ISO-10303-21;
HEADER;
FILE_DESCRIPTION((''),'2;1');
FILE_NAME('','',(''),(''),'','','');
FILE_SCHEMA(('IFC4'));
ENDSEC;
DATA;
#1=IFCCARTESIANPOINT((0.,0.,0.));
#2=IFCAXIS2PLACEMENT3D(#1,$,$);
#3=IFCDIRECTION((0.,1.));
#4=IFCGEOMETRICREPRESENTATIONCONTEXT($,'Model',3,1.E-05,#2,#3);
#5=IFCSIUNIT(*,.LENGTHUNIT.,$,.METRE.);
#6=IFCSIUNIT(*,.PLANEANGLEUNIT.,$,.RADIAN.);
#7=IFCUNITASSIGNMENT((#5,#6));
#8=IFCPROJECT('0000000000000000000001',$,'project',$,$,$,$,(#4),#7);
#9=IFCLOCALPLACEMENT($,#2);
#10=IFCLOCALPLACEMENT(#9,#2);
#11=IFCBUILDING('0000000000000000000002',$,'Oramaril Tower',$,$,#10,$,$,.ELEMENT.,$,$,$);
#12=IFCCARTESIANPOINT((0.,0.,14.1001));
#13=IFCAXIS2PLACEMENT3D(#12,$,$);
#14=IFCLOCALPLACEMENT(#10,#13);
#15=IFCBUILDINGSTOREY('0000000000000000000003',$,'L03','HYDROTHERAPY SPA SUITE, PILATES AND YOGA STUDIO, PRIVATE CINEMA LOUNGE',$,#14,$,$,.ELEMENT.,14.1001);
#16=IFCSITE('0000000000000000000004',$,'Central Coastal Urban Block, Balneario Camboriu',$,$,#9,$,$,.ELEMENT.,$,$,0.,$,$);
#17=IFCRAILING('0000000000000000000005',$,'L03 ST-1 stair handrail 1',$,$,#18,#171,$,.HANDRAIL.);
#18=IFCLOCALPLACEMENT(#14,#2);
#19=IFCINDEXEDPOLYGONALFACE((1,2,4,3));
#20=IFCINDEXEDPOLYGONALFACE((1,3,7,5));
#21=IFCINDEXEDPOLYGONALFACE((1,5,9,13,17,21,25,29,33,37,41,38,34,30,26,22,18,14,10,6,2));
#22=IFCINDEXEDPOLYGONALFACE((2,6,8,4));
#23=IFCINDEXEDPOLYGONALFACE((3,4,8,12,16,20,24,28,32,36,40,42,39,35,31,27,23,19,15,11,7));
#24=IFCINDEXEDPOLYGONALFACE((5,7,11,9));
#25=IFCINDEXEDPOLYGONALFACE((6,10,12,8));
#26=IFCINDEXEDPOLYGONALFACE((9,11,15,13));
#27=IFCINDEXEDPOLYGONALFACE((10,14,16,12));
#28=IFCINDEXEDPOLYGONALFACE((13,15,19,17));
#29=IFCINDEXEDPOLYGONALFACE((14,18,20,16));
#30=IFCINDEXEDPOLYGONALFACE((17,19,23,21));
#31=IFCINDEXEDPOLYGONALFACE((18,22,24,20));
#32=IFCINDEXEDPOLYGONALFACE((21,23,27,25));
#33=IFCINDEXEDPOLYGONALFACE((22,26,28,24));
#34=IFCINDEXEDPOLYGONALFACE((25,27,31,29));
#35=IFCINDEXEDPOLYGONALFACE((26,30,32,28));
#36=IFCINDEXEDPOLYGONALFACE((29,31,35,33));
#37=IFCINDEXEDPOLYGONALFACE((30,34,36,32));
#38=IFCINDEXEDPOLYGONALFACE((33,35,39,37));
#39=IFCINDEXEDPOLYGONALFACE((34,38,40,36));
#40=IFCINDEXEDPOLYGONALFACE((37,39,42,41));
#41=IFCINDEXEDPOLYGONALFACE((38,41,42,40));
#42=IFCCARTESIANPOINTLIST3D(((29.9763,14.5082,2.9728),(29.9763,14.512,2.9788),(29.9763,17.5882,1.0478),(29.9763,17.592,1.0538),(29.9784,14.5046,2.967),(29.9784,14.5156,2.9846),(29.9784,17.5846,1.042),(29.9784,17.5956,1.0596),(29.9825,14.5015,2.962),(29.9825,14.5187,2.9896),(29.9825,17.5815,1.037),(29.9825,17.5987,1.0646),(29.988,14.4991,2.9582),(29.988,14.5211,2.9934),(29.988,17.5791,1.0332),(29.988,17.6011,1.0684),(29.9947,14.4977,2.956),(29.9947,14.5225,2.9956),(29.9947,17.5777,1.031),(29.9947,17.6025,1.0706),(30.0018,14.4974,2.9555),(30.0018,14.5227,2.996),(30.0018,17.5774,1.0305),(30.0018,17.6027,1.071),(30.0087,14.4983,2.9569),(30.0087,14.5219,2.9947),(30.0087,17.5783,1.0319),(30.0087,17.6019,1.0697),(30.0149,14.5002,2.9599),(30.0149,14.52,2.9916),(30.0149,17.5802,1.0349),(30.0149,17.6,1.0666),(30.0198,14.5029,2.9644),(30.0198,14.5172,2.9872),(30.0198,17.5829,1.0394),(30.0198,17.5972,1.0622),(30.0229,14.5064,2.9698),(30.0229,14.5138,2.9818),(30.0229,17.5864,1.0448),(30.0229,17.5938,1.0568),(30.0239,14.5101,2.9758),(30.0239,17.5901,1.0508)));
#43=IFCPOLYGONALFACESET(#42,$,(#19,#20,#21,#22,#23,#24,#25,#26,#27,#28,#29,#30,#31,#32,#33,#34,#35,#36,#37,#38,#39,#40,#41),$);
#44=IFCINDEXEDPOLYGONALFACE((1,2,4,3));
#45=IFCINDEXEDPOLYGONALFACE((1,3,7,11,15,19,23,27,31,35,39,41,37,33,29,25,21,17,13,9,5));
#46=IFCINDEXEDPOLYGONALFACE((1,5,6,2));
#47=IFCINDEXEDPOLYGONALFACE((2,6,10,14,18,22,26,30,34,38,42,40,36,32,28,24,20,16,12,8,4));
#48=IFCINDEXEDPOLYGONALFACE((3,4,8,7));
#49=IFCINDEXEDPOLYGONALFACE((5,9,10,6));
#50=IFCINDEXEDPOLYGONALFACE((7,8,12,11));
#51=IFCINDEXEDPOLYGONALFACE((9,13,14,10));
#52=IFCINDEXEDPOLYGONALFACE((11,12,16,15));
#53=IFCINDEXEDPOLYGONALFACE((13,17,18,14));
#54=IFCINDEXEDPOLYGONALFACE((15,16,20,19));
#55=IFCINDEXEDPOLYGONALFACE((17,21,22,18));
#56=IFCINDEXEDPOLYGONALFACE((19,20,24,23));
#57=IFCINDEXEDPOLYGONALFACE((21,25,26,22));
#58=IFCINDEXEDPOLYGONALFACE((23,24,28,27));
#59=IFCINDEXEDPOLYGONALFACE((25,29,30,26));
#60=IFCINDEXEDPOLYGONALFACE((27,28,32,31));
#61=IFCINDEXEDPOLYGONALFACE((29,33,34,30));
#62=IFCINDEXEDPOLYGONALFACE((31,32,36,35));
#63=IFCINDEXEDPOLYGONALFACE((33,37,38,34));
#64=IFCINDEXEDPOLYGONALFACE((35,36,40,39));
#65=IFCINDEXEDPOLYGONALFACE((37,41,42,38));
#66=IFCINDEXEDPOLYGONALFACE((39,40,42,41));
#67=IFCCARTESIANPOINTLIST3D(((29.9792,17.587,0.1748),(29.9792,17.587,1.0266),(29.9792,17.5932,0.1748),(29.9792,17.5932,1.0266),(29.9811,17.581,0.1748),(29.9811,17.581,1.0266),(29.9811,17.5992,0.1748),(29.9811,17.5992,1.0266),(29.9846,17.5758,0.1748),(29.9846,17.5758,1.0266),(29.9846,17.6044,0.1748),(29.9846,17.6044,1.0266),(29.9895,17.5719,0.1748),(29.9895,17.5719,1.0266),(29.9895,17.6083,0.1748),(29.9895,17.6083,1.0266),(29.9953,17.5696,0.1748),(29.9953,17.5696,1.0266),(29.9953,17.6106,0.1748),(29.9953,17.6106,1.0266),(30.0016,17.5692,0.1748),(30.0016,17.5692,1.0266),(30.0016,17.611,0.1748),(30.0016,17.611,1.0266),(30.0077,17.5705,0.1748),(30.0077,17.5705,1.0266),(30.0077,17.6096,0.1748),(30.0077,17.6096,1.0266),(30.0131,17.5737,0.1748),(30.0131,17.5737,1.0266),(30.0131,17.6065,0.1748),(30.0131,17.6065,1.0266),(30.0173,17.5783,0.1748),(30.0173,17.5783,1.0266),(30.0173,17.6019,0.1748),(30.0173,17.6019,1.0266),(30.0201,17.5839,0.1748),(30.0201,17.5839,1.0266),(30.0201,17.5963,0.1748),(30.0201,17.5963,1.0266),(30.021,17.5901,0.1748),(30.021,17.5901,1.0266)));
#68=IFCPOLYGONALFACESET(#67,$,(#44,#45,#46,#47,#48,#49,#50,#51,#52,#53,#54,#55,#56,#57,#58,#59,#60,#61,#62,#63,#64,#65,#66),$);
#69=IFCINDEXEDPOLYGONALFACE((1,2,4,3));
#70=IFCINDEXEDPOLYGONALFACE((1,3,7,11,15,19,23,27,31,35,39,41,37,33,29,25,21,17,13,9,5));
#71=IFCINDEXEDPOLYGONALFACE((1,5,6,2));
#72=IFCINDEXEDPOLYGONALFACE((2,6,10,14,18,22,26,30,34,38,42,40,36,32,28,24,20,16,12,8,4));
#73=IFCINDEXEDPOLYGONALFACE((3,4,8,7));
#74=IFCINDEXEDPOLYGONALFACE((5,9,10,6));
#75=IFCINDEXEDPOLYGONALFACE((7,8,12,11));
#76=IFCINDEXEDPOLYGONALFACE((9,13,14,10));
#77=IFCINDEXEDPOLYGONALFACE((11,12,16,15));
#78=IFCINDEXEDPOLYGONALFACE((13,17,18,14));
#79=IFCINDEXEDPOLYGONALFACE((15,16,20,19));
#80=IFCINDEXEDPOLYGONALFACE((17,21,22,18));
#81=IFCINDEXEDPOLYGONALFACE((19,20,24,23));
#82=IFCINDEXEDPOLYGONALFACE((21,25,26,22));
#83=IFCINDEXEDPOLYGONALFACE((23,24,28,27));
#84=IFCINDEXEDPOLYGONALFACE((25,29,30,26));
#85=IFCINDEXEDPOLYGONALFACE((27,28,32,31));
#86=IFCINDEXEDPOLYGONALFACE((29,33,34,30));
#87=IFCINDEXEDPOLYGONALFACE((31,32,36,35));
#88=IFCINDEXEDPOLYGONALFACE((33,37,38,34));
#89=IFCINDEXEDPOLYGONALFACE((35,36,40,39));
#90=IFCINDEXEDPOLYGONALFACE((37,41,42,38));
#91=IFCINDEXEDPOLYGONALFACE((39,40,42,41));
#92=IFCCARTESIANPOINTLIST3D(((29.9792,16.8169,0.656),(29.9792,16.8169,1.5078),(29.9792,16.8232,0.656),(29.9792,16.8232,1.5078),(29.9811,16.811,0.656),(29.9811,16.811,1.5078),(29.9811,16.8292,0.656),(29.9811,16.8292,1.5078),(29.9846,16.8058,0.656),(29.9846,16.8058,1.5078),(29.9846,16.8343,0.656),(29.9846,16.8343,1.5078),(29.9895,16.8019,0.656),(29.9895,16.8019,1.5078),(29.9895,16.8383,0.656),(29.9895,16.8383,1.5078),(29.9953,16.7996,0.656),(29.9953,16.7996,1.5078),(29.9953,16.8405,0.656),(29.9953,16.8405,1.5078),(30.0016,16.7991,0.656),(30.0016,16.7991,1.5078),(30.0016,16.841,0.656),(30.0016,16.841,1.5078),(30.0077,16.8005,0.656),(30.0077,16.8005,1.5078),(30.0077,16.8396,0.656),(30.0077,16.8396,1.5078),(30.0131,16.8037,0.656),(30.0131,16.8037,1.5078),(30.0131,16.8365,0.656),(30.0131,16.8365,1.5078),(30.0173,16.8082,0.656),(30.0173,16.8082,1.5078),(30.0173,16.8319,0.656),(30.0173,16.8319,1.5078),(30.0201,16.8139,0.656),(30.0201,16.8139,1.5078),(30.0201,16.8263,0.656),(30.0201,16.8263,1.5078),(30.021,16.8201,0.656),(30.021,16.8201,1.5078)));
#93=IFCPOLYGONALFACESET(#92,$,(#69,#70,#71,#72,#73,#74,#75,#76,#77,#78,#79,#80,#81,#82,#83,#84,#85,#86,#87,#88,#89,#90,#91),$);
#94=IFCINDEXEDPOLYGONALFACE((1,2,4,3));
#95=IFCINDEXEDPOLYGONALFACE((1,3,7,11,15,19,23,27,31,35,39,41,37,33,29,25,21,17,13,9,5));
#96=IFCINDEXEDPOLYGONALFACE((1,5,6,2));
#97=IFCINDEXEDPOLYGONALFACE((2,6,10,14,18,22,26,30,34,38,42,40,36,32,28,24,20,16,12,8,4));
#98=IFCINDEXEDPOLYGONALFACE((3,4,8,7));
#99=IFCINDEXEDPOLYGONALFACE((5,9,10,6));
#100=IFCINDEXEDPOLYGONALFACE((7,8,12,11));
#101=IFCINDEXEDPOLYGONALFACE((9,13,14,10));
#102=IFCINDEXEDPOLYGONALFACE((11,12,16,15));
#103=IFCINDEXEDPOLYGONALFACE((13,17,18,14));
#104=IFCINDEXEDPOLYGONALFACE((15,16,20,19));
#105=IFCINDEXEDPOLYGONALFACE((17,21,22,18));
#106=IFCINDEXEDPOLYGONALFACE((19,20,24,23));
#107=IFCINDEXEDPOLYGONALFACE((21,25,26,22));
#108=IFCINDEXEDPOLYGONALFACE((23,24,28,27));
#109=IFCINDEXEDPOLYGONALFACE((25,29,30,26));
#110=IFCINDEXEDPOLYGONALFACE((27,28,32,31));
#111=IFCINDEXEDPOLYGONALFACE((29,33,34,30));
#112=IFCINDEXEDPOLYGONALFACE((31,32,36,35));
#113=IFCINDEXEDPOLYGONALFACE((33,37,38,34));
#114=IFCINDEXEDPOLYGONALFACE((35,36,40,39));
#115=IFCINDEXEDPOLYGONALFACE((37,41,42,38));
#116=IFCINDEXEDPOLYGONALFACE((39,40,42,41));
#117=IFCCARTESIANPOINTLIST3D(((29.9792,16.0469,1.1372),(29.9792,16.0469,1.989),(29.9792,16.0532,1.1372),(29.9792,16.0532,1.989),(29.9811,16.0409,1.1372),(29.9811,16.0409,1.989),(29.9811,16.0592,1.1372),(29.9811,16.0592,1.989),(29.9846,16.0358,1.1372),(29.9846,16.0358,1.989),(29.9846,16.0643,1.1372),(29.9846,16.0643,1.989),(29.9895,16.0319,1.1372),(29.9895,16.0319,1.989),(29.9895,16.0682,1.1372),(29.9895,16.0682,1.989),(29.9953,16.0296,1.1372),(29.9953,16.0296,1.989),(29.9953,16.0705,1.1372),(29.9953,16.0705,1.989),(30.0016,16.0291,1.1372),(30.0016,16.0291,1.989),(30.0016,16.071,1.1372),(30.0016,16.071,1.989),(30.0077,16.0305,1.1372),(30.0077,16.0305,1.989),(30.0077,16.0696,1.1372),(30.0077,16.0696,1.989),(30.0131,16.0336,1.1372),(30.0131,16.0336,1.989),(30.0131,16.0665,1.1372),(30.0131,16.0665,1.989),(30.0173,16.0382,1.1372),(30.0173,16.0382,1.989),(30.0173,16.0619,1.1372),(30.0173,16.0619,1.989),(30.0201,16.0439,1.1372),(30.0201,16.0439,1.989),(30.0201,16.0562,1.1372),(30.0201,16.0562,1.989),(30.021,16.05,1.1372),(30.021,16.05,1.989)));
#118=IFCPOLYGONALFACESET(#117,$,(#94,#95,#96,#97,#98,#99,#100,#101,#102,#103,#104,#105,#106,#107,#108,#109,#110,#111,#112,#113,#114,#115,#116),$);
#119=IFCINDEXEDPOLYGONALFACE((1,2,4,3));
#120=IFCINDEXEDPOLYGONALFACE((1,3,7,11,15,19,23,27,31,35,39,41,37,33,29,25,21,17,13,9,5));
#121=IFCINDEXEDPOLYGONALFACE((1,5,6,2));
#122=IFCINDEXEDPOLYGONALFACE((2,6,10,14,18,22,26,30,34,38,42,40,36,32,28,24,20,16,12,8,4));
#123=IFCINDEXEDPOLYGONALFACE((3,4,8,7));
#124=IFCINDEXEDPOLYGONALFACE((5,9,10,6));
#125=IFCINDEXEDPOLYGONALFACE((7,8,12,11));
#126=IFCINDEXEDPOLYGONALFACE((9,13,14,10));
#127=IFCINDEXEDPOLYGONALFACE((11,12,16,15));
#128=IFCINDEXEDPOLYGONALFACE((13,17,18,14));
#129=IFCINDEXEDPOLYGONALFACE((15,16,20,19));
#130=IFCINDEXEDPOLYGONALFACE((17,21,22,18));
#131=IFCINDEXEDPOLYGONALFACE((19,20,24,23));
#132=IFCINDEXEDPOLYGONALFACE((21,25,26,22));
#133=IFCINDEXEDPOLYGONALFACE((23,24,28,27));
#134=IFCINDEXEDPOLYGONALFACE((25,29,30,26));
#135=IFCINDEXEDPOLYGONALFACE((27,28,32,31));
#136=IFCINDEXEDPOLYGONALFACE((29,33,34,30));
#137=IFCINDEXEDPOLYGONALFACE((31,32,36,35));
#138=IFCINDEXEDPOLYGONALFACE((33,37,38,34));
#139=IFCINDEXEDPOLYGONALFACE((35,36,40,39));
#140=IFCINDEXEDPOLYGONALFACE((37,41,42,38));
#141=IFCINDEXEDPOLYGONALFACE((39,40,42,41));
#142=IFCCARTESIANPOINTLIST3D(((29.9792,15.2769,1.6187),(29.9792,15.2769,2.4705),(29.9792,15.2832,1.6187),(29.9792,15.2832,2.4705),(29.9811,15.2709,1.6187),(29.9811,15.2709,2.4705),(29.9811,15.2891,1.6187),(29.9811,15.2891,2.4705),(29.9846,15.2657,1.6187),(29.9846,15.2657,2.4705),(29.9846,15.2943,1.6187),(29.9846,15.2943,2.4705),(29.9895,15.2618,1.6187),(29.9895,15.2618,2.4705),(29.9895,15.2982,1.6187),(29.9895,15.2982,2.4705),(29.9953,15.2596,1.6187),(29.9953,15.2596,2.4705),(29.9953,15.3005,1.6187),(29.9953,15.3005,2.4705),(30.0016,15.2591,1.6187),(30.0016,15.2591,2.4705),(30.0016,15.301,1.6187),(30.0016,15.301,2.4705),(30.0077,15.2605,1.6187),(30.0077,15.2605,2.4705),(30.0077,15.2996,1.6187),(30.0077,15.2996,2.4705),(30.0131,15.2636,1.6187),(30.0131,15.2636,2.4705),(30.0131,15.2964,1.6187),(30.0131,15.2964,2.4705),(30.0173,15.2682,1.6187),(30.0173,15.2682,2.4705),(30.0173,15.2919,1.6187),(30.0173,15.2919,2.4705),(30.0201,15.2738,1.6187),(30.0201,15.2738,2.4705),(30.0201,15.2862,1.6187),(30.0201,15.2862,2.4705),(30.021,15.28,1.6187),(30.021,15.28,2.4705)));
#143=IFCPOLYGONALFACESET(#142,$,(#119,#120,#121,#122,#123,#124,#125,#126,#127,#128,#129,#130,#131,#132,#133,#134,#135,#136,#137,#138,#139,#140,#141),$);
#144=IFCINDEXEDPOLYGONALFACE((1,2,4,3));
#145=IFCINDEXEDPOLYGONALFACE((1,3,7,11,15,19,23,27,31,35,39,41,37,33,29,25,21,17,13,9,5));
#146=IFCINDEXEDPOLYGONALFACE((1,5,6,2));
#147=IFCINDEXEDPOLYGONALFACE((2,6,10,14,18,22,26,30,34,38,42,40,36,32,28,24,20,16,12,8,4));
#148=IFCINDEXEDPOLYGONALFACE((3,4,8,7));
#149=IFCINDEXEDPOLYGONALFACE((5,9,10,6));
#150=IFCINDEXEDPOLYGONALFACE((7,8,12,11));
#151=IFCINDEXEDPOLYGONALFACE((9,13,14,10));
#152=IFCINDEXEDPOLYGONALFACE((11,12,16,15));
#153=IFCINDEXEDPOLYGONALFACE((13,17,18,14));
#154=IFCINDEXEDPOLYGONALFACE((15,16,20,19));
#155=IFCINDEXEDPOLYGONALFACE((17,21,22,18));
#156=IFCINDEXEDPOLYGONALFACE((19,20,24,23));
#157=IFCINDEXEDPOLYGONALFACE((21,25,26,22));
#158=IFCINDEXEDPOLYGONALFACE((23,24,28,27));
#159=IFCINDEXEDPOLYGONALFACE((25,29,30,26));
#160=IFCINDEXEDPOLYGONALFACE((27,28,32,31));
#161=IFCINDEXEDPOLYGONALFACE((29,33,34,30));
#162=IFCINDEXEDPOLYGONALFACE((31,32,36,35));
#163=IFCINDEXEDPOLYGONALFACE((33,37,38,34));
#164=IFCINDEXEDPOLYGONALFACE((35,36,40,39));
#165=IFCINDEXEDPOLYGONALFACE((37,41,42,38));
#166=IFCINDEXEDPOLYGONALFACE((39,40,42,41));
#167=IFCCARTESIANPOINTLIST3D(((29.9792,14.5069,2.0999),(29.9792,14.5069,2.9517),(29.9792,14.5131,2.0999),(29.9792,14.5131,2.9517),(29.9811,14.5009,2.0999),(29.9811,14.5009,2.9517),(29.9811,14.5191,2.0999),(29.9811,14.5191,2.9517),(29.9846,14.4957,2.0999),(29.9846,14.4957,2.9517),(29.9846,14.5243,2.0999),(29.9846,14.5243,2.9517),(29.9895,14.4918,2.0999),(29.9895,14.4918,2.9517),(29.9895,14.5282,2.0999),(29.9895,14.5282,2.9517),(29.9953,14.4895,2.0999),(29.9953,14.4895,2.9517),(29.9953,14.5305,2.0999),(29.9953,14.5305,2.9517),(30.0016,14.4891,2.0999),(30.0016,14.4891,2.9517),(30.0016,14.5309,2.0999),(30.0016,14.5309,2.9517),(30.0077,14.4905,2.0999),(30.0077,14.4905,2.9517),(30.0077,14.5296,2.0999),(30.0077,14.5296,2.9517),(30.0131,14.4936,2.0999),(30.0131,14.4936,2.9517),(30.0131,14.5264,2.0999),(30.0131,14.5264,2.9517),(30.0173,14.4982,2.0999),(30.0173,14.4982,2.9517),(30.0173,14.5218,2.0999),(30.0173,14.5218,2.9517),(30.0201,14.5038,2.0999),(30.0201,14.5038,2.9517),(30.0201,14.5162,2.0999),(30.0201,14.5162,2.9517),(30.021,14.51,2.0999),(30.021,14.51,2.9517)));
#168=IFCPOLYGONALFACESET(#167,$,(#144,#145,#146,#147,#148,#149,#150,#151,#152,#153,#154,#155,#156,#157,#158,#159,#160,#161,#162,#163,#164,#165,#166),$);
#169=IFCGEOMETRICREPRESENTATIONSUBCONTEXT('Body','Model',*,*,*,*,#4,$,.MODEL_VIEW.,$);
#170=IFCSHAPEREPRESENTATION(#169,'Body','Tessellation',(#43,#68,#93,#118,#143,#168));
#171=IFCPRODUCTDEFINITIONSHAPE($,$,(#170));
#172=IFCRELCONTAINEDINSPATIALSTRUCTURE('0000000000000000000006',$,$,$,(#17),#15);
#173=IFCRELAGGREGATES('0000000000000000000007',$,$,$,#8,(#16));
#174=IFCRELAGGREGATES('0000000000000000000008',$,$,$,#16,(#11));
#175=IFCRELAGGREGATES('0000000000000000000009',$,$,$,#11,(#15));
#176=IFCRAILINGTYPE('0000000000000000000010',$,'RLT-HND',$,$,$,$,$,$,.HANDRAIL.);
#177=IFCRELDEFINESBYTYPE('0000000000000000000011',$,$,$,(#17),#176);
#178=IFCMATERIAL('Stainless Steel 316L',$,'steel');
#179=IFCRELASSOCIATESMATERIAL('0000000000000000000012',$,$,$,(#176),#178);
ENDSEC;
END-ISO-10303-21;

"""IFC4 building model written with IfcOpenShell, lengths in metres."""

from ifc_helpers import new_model, si_unit, direction, frame, origin, origin_2d, place, context, subcontext, project, spatial, circle, extrude, material, type_object, element, save


model = new_model("IFC4")

# Units and contexts
model_context = context("Model", 3, precision=1e-05, world=origin(), true_north=direction((0.0, 1.0)))
body_context = subcontext(model_context, "Body", "Model", "MODEL_VIEW")
ifc_project = project(units=[si_unit("LENGTHUNIT", "METRE"), si_unit("PLANEANGLEUNIT", "RADIAN")], contexts=[model_context])

# Site, building, storey
site_placement = place(None, origin())
site = spatial("IfcSite", under=ifc_project, at=site_placement, Name="Central Coastal Urban Block, Balneario Camboriu", CompositionType="ELEMENT", RefElevation=0.0)
building_placement = place(site_placement, origin())
building = spatial("IfcBuilding", under=site, at=building_placement, Name="Oramaril Tower", CompositionType="ELEMENT")
storey_placement = place(building_placement, frame((0.0, 0.0, 14.1001)))
storey = spatial("IfcBuildingStorey", under=building, at=storey_placement, Name="L03", Description="HYDROTHERAPY SPA SUITE, PILATES AND YOGA STUDIO, PRIVATE CINEMA LOUNGE", CompositionType="ELEMENT", Elevation=14.1001)

# Railing
ifc_material_1 = material(Name="Stainless Steel 316L", Category="steel")
railing_type_1 = type_object("IfcRailingType", Name="RLT-HND", PredefinedType="HANDRAIL", material=ifc_material_1)
railing_1_placement = place(storey_placement, frame((30.0, 17.5901, 0.1748)))
element("IfcRailing", 1, at=railing_1_placement, inside=storey, type_object=railing_type_1, Name="L03 ST-1 stair handrail 1", PredefinedType="HANDRAIL", context=body_context, shape_type="SweptSolid", body=[
    extrude(circle(Radius=0.0239, at=origin_2d()), frame((0.0, 0.0, 0.876), z_axis=(0.0, -0.847998, 0.529999), x_axis=(1.0, 0.0, 0.0)), (0.0, 0.0, 1.0), 3.6321),
    extrude(circle(Radius=0.021, at=origin_2d()), origin(), (0.0, 0.0, 1.0), 0.8518),
    extrude(circle(Radius=0.021, at=origin_2d()), frame((0.0, -0.77, 0.4812)), (0.0, 0.0, 1.0), 0.8518),
    extrude(circle(Radius=0.021, at=origin_2d()), frame((0.0, -1.54, 0.9624)), (0.0, 0.0, 1.0), 0.8518),
    extrude(circle(Radius=0.021, at=origin_2d()), frame((0.0, -2.3101, 1.4438)), (0.0, 0.0, 1.0), 0.8518),
    extrude(circle(Radius=0.021, at=origin_2d()), frame((0.0, -3.0801, 1.925)), (0.0, 0.0, 1.0), 0.8518),
])

save(model, "model.ifc")
